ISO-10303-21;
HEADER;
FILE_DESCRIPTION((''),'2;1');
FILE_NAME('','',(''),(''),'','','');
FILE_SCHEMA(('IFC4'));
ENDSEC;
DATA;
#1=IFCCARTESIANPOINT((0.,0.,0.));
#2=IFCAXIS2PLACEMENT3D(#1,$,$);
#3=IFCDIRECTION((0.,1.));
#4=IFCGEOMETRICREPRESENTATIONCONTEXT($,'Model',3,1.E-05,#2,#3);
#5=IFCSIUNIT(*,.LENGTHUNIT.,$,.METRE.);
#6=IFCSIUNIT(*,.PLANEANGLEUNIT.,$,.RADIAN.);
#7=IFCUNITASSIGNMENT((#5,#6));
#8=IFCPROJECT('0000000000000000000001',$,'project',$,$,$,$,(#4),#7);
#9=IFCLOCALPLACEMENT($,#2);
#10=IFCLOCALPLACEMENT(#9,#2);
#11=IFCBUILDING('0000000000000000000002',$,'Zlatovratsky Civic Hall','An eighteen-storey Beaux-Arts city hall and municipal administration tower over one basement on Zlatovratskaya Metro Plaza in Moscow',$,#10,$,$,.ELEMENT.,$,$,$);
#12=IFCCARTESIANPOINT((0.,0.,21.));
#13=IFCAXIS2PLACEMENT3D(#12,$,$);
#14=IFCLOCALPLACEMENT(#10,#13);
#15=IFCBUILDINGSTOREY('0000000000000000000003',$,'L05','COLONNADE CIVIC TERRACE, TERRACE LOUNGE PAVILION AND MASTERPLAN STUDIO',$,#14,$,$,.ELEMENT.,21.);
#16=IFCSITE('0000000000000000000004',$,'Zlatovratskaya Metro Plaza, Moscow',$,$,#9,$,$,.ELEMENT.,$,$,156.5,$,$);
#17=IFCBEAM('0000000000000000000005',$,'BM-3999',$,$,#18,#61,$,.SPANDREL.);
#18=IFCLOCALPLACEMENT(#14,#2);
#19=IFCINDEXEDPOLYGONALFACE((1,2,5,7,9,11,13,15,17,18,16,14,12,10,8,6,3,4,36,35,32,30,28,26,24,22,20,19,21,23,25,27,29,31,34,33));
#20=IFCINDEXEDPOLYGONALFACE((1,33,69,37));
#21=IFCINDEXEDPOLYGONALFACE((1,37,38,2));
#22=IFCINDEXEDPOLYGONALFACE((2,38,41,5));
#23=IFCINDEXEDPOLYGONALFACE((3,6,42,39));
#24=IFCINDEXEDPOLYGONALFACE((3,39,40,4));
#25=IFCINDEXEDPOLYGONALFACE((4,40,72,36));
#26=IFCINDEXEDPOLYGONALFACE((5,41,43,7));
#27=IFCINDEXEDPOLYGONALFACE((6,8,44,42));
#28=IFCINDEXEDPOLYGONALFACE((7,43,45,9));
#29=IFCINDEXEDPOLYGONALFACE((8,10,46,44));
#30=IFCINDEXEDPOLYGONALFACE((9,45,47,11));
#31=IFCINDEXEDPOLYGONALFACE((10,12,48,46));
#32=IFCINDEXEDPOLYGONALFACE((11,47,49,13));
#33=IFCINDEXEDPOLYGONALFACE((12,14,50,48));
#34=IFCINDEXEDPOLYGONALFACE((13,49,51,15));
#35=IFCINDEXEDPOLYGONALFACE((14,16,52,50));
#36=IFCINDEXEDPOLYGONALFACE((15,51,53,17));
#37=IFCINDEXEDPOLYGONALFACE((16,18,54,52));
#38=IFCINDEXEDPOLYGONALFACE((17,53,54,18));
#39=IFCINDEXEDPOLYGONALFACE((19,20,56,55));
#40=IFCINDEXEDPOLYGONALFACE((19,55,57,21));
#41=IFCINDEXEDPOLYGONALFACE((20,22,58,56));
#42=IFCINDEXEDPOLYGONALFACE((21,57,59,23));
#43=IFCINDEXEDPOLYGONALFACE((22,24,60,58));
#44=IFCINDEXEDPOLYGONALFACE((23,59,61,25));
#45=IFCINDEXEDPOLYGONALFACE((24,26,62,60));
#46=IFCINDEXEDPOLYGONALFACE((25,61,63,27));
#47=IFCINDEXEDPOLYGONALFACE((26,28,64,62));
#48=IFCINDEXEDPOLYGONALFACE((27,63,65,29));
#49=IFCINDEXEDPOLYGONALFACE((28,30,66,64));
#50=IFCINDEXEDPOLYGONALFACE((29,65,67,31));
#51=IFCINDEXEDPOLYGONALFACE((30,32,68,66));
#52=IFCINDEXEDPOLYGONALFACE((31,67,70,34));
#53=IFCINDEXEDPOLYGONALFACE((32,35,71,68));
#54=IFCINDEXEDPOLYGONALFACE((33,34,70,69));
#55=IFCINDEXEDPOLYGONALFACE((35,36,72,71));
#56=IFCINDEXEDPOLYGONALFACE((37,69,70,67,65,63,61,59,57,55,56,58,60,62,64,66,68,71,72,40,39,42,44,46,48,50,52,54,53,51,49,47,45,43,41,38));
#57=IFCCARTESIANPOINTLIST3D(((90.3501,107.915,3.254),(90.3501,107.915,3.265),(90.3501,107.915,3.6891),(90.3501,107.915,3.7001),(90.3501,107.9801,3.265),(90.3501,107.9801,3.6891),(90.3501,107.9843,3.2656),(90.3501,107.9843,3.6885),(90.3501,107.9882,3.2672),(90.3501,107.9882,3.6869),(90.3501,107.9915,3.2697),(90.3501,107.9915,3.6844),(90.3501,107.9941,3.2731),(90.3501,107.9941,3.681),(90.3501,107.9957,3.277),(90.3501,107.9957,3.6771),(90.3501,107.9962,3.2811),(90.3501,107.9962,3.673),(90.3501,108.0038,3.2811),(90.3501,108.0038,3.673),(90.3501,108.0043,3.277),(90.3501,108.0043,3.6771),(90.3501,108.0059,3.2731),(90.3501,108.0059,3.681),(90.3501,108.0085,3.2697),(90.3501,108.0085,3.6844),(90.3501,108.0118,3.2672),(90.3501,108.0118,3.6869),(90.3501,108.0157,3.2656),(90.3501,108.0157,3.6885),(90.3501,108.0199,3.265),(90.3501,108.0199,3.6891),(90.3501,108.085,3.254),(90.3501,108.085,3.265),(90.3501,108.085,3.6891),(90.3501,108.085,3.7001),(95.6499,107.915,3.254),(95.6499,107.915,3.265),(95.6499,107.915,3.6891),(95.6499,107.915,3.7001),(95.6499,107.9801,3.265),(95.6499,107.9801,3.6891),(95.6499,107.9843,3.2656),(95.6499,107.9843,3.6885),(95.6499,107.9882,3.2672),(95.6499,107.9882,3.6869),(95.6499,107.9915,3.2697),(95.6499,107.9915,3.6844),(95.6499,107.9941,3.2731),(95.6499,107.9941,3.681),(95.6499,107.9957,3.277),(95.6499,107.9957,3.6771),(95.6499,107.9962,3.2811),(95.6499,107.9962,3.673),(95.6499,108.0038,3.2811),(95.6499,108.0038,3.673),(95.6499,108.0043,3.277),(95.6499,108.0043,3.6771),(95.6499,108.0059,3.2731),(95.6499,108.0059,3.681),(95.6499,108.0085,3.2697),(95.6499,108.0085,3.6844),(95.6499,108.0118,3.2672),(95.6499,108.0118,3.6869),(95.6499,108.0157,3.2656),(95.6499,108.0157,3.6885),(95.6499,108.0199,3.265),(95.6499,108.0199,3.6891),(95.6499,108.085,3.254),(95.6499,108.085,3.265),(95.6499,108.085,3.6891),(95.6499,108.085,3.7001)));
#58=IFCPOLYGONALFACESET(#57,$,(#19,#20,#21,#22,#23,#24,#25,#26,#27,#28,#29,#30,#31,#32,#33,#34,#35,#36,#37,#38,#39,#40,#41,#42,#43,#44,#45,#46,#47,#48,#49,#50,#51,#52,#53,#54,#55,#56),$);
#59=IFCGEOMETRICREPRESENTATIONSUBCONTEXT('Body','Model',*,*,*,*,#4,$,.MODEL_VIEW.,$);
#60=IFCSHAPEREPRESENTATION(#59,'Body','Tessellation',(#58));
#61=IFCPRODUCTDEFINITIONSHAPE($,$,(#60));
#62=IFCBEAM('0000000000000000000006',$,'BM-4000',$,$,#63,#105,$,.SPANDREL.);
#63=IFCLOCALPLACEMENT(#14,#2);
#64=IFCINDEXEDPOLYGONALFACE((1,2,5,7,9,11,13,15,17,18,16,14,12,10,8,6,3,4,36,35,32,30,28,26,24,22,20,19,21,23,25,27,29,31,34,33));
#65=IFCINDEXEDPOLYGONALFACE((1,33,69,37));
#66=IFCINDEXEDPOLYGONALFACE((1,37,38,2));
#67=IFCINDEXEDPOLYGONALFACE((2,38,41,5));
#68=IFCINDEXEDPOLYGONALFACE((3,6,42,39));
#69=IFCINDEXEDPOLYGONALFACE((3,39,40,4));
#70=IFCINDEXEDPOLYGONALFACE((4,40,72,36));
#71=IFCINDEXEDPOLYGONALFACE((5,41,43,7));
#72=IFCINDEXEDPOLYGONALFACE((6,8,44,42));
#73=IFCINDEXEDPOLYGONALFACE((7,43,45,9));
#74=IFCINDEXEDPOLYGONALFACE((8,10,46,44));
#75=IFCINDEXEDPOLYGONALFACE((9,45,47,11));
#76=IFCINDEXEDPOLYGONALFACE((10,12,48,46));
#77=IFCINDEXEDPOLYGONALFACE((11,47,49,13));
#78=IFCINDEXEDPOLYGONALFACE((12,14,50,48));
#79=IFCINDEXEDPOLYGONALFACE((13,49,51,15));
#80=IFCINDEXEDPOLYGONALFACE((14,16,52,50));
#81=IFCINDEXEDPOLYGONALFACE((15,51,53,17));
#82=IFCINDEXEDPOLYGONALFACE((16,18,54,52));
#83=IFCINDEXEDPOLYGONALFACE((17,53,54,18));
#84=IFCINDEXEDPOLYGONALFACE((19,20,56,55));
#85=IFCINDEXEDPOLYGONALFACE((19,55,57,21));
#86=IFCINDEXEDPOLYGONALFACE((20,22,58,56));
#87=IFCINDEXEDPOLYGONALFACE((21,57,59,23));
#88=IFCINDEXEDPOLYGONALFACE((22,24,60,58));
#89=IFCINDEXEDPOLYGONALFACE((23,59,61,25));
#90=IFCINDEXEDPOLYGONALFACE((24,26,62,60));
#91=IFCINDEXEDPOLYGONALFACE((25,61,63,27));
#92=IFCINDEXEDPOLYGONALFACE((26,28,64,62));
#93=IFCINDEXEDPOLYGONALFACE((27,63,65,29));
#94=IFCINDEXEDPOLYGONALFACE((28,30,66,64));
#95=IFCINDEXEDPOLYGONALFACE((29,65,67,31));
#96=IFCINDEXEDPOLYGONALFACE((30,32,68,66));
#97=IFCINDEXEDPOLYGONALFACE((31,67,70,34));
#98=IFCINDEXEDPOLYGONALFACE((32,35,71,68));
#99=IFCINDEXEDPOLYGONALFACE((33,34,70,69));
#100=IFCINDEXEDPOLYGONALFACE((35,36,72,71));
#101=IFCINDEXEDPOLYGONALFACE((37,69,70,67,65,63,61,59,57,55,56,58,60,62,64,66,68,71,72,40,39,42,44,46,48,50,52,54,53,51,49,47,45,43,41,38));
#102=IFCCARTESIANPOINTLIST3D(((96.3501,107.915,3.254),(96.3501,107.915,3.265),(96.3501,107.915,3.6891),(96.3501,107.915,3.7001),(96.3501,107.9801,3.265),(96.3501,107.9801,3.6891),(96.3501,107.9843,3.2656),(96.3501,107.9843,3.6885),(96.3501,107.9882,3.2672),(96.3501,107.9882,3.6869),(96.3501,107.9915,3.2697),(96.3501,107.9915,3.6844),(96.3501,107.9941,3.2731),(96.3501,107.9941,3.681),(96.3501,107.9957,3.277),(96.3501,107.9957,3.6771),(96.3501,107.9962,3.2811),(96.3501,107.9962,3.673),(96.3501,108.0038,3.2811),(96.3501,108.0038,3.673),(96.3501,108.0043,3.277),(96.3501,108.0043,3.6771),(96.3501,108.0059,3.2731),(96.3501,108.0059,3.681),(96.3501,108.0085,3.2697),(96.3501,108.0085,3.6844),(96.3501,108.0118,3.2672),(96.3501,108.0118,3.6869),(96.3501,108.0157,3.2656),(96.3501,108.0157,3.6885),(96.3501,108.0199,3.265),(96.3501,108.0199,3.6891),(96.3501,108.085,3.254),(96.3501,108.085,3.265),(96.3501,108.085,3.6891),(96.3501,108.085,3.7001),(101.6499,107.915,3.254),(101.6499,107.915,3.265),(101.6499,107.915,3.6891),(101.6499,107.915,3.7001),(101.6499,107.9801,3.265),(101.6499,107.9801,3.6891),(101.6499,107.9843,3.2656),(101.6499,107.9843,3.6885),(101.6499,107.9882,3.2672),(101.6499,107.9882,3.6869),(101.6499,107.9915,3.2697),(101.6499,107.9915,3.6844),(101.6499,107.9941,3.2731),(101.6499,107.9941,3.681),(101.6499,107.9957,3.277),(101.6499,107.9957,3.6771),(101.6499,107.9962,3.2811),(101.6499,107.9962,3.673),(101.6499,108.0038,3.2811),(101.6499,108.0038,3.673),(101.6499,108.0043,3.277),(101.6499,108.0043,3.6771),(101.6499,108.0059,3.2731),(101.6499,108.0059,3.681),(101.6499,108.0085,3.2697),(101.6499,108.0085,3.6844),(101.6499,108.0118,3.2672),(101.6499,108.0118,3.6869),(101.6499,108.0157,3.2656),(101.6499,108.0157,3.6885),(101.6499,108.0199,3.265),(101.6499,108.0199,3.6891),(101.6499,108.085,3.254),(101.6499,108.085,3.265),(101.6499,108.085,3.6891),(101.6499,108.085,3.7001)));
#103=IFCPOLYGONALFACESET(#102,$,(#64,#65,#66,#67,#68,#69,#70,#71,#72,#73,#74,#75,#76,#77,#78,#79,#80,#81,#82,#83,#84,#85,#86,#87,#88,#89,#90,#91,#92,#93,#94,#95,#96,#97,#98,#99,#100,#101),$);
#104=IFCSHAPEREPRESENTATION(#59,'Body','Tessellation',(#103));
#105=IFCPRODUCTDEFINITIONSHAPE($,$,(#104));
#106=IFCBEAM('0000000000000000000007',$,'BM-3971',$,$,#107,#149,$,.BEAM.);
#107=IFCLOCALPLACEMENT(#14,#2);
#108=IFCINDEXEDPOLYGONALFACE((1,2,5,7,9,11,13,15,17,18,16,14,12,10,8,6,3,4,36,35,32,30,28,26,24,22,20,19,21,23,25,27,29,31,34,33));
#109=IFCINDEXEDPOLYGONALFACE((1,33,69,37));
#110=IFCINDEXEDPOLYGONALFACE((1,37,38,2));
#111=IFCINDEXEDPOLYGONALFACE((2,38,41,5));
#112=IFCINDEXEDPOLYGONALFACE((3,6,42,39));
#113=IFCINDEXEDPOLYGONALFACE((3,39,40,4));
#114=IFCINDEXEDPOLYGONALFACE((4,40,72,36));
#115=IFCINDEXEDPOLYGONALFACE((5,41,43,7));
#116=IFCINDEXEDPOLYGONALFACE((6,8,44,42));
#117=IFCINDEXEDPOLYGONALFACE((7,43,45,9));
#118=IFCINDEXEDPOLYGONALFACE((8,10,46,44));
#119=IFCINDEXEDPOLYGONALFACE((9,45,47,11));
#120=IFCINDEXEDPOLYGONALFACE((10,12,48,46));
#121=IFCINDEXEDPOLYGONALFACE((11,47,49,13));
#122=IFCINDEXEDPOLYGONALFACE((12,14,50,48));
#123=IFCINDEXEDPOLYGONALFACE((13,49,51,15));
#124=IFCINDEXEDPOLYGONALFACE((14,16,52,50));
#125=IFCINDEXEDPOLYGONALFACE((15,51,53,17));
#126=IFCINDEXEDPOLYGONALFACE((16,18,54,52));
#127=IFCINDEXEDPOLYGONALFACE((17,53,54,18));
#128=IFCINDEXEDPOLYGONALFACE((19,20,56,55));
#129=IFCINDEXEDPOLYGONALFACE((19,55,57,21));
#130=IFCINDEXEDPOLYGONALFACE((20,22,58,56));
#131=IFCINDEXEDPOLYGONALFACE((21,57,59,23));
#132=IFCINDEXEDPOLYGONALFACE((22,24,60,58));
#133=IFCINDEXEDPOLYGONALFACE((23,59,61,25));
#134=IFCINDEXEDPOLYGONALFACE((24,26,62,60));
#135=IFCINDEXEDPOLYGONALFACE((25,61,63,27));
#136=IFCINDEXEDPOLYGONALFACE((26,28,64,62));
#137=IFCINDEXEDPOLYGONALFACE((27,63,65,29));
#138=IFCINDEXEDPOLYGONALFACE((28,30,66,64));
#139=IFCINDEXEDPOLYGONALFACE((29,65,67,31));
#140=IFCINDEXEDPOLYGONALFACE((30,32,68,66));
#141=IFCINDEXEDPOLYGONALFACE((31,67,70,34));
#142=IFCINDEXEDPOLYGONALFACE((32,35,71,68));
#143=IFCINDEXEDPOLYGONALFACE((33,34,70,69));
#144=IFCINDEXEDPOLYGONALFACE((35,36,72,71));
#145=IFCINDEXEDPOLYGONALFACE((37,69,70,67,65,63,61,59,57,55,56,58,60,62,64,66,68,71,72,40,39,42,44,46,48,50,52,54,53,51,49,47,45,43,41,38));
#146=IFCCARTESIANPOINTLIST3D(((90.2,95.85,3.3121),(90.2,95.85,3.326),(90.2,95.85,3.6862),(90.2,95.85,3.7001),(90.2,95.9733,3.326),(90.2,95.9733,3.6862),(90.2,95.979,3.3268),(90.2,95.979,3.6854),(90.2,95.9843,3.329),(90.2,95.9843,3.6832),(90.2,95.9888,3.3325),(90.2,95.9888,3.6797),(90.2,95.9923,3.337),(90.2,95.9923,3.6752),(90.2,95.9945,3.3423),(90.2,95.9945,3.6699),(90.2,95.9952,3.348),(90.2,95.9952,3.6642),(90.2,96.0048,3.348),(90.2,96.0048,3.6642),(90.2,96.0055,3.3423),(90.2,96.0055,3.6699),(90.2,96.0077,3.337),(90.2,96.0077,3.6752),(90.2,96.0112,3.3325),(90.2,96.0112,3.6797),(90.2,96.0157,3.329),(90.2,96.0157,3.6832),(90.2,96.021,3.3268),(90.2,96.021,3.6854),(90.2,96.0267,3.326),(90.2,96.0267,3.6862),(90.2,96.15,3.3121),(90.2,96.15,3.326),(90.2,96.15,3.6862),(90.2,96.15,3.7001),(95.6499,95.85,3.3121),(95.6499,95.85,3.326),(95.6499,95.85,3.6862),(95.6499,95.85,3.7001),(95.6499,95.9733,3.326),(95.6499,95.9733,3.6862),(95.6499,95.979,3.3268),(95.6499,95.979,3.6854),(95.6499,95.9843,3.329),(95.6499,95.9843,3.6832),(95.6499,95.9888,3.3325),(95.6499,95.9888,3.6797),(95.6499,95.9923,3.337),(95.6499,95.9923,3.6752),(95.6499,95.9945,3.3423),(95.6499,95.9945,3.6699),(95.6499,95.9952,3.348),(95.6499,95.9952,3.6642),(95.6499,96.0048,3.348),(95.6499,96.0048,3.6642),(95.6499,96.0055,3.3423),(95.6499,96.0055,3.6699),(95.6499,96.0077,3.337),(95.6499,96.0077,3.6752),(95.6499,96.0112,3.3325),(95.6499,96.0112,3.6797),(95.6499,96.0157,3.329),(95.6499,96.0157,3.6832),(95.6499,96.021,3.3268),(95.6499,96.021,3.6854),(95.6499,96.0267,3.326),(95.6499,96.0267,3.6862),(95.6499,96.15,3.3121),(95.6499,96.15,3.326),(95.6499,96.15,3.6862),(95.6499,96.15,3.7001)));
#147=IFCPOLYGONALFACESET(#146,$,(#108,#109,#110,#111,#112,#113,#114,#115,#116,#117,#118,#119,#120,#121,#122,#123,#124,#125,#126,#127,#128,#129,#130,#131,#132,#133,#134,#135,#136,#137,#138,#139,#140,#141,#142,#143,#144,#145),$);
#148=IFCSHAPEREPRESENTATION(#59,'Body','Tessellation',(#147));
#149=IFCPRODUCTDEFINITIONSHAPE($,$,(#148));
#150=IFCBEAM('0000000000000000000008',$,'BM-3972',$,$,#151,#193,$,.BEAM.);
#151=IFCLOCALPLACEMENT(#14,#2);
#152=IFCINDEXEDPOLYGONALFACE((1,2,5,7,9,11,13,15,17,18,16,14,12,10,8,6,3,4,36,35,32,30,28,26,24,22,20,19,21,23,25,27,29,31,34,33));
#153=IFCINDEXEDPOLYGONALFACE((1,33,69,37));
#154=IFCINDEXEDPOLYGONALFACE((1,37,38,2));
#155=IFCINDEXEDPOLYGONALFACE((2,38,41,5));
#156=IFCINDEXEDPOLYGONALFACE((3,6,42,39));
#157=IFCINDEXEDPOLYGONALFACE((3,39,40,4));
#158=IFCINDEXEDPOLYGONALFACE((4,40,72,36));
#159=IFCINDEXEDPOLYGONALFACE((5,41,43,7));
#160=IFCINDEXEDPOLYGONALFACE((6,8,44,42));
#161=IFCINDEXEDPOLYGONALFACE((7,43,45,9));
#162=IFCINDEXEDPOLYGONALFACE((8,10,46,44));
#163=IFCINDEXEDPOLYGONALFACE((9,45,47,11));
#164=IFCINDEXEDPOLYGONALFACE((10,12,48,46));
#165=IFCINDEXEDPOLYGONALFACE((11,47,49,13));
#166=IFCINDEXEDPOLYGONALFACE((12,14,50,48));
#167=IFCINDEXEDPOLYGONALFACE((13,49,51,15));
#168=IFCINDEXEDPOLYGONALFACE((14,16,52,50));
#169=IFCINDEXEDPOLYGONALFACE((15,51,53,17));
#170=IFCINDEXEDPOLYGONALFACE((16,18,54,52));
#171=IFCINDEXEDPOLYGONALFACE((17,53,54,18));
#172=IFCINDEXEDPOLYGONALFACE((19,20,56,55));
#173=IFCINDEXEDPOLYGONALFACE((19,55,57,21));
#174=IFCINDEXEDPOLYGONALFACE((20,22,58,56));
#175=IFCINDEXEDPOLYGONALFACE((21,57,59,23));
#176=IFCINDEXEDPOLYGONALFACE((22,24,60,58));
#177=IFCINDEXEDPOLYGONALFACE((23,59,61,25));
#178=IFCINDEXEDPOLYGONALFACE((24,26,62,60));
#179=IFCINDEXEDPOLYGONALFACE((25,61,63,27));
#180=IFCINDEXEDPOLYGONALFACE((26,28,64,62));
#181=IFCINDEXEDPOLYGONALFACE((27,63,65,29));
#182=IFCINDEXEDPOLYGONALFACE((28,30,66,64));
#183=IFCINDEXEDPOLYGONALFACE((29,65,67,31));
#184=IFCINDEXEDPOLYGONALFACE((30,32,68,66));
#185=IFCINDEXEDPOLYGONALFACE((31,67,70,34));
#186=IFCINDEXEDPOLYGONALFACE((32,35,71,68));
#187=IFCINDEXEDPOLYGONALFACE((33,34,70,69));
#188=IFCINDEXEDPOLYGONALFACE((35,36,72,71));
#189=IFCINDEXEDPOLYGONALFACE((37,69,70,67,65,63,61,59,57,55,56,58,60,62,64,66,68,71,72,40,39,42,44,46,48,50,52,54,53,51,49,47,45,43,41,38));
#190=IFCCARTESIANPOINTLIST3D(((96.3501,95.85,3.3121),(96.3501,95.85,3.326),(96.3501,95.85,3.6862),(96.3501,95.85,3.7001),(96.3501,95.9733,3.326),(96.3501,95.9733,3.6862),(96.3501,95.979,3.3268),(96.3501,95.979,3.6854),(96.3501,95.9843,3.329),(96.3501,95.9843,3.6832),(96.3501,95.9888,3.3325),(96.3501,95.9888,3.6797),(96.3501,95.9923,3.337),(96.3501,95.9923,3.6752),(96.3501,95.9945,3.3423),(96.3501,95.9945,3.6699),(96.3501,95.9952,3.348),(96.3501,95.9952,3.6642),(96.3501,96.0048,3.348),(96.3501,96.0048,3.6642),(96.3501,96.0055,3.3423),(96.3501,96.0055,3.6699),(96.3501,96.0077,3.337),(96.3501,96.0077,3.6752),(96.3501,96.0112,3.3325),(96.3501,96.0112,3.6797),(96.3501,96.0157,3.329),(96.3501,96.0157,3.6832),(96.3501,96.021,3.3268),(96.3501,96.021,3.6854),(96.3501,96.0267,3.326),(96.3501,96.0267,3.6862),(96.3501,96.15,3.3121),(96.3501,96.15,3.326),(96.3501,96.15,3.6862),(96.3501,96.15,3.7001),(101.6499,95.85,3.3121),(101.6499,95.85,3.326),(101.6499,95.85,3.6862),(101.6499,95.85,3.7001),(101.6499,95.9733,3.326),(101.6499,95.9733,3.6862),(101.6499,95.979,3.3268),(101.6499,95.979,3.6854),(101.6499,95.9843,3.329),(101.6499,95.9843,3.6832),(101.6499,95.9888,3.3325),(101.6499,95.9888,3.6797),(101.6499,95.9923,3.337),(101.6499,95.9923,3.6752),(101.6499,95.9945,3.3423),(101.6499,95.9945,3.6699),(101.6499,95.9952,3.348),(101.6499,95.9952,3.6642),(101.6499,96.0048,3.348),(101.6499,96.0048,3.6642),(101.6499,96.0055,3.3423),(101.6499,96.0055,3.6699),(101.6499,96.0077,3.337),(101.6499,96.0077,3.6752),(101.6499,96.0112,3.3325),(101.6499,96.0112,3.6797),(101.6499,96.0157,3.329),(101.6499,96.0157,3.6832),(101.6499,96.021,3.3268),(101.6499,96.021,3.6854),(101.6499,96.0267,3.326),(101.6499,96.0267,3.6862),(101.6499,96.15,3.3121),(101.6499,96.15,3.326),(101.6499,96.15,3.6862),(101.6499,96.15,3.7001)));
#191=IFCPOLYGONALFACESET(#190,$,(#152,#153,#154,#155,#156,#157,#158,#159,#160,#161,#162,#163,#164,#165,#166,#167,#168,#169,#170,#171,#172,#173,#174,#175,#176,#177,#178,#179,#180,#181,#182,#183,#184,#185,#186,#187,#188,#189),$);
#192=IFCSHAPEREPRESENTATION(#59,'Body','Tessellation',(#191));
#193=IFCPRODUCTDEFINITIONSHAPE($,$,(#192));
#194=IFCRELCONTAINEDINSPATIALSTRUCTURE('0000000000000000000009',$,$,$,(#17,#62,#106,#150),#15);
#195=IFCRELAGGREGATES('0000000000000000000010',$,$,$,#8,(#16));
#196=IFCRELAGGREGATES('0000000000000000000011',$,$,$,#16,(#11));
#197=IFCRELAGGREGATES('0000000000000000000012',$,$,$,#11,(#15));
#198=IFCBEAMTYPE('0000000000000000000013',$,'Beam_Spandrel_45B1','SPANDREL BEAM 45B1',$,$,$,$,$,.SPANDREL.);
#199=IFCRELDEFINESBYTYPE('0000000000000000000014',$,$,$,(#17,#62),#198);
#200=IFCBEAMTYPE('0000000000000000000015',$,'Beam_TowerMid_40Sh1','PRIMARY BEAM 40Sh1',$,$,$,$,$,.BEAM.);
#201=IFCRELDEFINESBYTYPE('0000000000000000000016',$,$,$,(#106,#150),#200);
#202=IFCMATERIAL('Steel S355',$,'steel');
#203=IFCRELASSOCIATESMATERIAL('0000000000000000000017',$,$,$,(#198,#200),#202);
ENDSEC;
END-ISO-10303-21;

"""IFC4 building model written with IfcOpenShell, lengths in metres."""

from ifc_helpers import new_model, si_unit, direction, frame, origin, origin_2d, place, context, subcontext, project, spatial, i_section, extrude, material, material_profile, profile_set, type_object, element, save


model = new_model("IFC4")

# Units and contexts
model_context = context("Model", 3, precision=1e-05, world=origin(), true_north=direction((0.0, 1.0)))
body_context = subcontext(model_context, "Body", "Model", "MODEL_VIEW")
ifc_project = project(units=[si_unit("LENGTHUNIT", "METRE"), si_unit("PLANEANGLEUNIT", "RADIAN")], contexts=[model_context])

# Site, building, storey
site_placement = place(None, origin())
site = spatial("IfcSite", under=ifc_project, at=site_placement, Name="Zlatovratskaya Metro Plaza, Moscow", CompositionType="ELEMENT", RefElevation=156.5)
building_placement = place(site_placement, origin())
building = spatial("IfcBuilding", under=site, at=building_placement, Name="Zlatovratsky Civic Hall", Description="An eighteen-storey Beaux-Arts city hall and municipal administration tower over one basement on Zlatovratskaya Metro Plaza in Moscow", CompositionType="ELEMENT")
storey_placement = place(building_placement, frame((0.0, 0.0, 21.0)))
storey = spatial("IfcBuildingStorey", under=building, at=storey_placement, Name="L05", Description="COLONNADE CIVIC TERRACE, TERRACE LOUNGE PAVILION AND MASTERPLAN STUDIO", CompositionType="ELEMENT", Elevation=21.0)

# Shared definitions
ifc_material_1 = material(Name="Steel S355", Category="steel")

# Beams
ifc_material_profile_1 = material_profile(ifc_material_1, i_section(OverallWidth=0.1699, OverallDepth=0.446, WebThickness=0.0076, FlangeThickness=0.011, FilletRadius=0.0161, at=origin_2d()), Name="45B1")
ifc_profile_set_1 = profile_set([ifc_material_profile_1], Name="Steel S355")
beam_type_1 = type_object("IfcBeamType", Name="Beam_Spandrel_45B1", Description="SPANDREL BEAM 45B1", PredefinedType="SPANDREL", material=ifc_profile_set_1)
for number, where, z_axis, x_axis, name in (
    (1, (90.3501, 108.0, 3.4771), (1.0, 0.0, 0.0), (0.0, 1.0, 0.0), "BM-3999"),
    (2, (96.3501, 108.0, 3.4771), (1.0, 0.0, 0.0), (0.0, 1.0, 0.0), "BM-4000"),
):
    element("IfcBeam", number, at=place(storey_placement, frame(where, z_axis=z_axis, x_axis=x_axis)), inside=storey, type_object=beam_type_1, Name=name, PredefinedType="SPANDREL", context=body_context, shape_type="SweptSolid", body=[
        extrude(i_section(OverallWidth=0.1699, OverallDepth=0.446, WebThickness=0.0076, FlangeThickness=0.011, FilletRadius=0.0161, at=origin_2d()), origin(), (0.0, 0.0, 1.0), 5.2998),
    ])
ifc_material_profile_2 = material_profile(ifc_material_1, i_section(OverallWidth=0.3, OverallDepth=0.3879, WebThickness=0.0095, FlangeThickness=0.0139, FilletRadius=0.022, at=origin_2d()), Name="40Sh1")
ifc_profile_set_2 = profile_set([ifc_material_profile_2], Name="Steel S355")
beam_type_2 = type_object("IfcBeamType", Name="Beam_TowerMid_40Sh1", Description="PRIMARY BEAM 40Sh1", PredefinedType="BEAM", material=ifc_profile_set_2)
beam_1_placement = place(storey_placement, frame((90.2, 96.0, 3.5061), z_axis=(1.0, 0.0, 0.0), x_axis=(0.0, 1.0, 0.0)))
element("IfcBeam", 3, at=beam_1_placement, inside=storey, type_object=beam_type_2, Name="BM-3971", PredefinedType="BEAM", context=body_context, shape_type="SweptSolid", body=[
    extrude(i_section(OverallWidth=0.3, OverallDepth=0.3879, WebThickness=0.0095, FlangeThickness=0.0139, FilletRadius=0.022, at=origin_2d()), origin(), (0.0, 0.0, 1.0), 5.45),
])
beam_2_placement = place(storey_placement, frame((96.3501, 96.0, 3.5061), z_axis=(1.0, 0.0, 0.0), x_axis=(0.0, 1.0, 0.0)))
element("IfcBeam", 4, at=beam_2_placement, inside=storey, type_object=beam_type_2, Name="BM-3972", PredefinedType="BEAM", context=body_context, shape_type="SweptSolid", body=[
    extrude(i_section(OverallWidth=0.3, OverallDepth=0.3879, WebThickness=0.0095, FlangeThickness=0.0139, FilletRadius=0.022, at=origin_2d()), origin(), (0.0, 0.0, 1.0), 5.2998),
])

save(model, "model.ifc")
